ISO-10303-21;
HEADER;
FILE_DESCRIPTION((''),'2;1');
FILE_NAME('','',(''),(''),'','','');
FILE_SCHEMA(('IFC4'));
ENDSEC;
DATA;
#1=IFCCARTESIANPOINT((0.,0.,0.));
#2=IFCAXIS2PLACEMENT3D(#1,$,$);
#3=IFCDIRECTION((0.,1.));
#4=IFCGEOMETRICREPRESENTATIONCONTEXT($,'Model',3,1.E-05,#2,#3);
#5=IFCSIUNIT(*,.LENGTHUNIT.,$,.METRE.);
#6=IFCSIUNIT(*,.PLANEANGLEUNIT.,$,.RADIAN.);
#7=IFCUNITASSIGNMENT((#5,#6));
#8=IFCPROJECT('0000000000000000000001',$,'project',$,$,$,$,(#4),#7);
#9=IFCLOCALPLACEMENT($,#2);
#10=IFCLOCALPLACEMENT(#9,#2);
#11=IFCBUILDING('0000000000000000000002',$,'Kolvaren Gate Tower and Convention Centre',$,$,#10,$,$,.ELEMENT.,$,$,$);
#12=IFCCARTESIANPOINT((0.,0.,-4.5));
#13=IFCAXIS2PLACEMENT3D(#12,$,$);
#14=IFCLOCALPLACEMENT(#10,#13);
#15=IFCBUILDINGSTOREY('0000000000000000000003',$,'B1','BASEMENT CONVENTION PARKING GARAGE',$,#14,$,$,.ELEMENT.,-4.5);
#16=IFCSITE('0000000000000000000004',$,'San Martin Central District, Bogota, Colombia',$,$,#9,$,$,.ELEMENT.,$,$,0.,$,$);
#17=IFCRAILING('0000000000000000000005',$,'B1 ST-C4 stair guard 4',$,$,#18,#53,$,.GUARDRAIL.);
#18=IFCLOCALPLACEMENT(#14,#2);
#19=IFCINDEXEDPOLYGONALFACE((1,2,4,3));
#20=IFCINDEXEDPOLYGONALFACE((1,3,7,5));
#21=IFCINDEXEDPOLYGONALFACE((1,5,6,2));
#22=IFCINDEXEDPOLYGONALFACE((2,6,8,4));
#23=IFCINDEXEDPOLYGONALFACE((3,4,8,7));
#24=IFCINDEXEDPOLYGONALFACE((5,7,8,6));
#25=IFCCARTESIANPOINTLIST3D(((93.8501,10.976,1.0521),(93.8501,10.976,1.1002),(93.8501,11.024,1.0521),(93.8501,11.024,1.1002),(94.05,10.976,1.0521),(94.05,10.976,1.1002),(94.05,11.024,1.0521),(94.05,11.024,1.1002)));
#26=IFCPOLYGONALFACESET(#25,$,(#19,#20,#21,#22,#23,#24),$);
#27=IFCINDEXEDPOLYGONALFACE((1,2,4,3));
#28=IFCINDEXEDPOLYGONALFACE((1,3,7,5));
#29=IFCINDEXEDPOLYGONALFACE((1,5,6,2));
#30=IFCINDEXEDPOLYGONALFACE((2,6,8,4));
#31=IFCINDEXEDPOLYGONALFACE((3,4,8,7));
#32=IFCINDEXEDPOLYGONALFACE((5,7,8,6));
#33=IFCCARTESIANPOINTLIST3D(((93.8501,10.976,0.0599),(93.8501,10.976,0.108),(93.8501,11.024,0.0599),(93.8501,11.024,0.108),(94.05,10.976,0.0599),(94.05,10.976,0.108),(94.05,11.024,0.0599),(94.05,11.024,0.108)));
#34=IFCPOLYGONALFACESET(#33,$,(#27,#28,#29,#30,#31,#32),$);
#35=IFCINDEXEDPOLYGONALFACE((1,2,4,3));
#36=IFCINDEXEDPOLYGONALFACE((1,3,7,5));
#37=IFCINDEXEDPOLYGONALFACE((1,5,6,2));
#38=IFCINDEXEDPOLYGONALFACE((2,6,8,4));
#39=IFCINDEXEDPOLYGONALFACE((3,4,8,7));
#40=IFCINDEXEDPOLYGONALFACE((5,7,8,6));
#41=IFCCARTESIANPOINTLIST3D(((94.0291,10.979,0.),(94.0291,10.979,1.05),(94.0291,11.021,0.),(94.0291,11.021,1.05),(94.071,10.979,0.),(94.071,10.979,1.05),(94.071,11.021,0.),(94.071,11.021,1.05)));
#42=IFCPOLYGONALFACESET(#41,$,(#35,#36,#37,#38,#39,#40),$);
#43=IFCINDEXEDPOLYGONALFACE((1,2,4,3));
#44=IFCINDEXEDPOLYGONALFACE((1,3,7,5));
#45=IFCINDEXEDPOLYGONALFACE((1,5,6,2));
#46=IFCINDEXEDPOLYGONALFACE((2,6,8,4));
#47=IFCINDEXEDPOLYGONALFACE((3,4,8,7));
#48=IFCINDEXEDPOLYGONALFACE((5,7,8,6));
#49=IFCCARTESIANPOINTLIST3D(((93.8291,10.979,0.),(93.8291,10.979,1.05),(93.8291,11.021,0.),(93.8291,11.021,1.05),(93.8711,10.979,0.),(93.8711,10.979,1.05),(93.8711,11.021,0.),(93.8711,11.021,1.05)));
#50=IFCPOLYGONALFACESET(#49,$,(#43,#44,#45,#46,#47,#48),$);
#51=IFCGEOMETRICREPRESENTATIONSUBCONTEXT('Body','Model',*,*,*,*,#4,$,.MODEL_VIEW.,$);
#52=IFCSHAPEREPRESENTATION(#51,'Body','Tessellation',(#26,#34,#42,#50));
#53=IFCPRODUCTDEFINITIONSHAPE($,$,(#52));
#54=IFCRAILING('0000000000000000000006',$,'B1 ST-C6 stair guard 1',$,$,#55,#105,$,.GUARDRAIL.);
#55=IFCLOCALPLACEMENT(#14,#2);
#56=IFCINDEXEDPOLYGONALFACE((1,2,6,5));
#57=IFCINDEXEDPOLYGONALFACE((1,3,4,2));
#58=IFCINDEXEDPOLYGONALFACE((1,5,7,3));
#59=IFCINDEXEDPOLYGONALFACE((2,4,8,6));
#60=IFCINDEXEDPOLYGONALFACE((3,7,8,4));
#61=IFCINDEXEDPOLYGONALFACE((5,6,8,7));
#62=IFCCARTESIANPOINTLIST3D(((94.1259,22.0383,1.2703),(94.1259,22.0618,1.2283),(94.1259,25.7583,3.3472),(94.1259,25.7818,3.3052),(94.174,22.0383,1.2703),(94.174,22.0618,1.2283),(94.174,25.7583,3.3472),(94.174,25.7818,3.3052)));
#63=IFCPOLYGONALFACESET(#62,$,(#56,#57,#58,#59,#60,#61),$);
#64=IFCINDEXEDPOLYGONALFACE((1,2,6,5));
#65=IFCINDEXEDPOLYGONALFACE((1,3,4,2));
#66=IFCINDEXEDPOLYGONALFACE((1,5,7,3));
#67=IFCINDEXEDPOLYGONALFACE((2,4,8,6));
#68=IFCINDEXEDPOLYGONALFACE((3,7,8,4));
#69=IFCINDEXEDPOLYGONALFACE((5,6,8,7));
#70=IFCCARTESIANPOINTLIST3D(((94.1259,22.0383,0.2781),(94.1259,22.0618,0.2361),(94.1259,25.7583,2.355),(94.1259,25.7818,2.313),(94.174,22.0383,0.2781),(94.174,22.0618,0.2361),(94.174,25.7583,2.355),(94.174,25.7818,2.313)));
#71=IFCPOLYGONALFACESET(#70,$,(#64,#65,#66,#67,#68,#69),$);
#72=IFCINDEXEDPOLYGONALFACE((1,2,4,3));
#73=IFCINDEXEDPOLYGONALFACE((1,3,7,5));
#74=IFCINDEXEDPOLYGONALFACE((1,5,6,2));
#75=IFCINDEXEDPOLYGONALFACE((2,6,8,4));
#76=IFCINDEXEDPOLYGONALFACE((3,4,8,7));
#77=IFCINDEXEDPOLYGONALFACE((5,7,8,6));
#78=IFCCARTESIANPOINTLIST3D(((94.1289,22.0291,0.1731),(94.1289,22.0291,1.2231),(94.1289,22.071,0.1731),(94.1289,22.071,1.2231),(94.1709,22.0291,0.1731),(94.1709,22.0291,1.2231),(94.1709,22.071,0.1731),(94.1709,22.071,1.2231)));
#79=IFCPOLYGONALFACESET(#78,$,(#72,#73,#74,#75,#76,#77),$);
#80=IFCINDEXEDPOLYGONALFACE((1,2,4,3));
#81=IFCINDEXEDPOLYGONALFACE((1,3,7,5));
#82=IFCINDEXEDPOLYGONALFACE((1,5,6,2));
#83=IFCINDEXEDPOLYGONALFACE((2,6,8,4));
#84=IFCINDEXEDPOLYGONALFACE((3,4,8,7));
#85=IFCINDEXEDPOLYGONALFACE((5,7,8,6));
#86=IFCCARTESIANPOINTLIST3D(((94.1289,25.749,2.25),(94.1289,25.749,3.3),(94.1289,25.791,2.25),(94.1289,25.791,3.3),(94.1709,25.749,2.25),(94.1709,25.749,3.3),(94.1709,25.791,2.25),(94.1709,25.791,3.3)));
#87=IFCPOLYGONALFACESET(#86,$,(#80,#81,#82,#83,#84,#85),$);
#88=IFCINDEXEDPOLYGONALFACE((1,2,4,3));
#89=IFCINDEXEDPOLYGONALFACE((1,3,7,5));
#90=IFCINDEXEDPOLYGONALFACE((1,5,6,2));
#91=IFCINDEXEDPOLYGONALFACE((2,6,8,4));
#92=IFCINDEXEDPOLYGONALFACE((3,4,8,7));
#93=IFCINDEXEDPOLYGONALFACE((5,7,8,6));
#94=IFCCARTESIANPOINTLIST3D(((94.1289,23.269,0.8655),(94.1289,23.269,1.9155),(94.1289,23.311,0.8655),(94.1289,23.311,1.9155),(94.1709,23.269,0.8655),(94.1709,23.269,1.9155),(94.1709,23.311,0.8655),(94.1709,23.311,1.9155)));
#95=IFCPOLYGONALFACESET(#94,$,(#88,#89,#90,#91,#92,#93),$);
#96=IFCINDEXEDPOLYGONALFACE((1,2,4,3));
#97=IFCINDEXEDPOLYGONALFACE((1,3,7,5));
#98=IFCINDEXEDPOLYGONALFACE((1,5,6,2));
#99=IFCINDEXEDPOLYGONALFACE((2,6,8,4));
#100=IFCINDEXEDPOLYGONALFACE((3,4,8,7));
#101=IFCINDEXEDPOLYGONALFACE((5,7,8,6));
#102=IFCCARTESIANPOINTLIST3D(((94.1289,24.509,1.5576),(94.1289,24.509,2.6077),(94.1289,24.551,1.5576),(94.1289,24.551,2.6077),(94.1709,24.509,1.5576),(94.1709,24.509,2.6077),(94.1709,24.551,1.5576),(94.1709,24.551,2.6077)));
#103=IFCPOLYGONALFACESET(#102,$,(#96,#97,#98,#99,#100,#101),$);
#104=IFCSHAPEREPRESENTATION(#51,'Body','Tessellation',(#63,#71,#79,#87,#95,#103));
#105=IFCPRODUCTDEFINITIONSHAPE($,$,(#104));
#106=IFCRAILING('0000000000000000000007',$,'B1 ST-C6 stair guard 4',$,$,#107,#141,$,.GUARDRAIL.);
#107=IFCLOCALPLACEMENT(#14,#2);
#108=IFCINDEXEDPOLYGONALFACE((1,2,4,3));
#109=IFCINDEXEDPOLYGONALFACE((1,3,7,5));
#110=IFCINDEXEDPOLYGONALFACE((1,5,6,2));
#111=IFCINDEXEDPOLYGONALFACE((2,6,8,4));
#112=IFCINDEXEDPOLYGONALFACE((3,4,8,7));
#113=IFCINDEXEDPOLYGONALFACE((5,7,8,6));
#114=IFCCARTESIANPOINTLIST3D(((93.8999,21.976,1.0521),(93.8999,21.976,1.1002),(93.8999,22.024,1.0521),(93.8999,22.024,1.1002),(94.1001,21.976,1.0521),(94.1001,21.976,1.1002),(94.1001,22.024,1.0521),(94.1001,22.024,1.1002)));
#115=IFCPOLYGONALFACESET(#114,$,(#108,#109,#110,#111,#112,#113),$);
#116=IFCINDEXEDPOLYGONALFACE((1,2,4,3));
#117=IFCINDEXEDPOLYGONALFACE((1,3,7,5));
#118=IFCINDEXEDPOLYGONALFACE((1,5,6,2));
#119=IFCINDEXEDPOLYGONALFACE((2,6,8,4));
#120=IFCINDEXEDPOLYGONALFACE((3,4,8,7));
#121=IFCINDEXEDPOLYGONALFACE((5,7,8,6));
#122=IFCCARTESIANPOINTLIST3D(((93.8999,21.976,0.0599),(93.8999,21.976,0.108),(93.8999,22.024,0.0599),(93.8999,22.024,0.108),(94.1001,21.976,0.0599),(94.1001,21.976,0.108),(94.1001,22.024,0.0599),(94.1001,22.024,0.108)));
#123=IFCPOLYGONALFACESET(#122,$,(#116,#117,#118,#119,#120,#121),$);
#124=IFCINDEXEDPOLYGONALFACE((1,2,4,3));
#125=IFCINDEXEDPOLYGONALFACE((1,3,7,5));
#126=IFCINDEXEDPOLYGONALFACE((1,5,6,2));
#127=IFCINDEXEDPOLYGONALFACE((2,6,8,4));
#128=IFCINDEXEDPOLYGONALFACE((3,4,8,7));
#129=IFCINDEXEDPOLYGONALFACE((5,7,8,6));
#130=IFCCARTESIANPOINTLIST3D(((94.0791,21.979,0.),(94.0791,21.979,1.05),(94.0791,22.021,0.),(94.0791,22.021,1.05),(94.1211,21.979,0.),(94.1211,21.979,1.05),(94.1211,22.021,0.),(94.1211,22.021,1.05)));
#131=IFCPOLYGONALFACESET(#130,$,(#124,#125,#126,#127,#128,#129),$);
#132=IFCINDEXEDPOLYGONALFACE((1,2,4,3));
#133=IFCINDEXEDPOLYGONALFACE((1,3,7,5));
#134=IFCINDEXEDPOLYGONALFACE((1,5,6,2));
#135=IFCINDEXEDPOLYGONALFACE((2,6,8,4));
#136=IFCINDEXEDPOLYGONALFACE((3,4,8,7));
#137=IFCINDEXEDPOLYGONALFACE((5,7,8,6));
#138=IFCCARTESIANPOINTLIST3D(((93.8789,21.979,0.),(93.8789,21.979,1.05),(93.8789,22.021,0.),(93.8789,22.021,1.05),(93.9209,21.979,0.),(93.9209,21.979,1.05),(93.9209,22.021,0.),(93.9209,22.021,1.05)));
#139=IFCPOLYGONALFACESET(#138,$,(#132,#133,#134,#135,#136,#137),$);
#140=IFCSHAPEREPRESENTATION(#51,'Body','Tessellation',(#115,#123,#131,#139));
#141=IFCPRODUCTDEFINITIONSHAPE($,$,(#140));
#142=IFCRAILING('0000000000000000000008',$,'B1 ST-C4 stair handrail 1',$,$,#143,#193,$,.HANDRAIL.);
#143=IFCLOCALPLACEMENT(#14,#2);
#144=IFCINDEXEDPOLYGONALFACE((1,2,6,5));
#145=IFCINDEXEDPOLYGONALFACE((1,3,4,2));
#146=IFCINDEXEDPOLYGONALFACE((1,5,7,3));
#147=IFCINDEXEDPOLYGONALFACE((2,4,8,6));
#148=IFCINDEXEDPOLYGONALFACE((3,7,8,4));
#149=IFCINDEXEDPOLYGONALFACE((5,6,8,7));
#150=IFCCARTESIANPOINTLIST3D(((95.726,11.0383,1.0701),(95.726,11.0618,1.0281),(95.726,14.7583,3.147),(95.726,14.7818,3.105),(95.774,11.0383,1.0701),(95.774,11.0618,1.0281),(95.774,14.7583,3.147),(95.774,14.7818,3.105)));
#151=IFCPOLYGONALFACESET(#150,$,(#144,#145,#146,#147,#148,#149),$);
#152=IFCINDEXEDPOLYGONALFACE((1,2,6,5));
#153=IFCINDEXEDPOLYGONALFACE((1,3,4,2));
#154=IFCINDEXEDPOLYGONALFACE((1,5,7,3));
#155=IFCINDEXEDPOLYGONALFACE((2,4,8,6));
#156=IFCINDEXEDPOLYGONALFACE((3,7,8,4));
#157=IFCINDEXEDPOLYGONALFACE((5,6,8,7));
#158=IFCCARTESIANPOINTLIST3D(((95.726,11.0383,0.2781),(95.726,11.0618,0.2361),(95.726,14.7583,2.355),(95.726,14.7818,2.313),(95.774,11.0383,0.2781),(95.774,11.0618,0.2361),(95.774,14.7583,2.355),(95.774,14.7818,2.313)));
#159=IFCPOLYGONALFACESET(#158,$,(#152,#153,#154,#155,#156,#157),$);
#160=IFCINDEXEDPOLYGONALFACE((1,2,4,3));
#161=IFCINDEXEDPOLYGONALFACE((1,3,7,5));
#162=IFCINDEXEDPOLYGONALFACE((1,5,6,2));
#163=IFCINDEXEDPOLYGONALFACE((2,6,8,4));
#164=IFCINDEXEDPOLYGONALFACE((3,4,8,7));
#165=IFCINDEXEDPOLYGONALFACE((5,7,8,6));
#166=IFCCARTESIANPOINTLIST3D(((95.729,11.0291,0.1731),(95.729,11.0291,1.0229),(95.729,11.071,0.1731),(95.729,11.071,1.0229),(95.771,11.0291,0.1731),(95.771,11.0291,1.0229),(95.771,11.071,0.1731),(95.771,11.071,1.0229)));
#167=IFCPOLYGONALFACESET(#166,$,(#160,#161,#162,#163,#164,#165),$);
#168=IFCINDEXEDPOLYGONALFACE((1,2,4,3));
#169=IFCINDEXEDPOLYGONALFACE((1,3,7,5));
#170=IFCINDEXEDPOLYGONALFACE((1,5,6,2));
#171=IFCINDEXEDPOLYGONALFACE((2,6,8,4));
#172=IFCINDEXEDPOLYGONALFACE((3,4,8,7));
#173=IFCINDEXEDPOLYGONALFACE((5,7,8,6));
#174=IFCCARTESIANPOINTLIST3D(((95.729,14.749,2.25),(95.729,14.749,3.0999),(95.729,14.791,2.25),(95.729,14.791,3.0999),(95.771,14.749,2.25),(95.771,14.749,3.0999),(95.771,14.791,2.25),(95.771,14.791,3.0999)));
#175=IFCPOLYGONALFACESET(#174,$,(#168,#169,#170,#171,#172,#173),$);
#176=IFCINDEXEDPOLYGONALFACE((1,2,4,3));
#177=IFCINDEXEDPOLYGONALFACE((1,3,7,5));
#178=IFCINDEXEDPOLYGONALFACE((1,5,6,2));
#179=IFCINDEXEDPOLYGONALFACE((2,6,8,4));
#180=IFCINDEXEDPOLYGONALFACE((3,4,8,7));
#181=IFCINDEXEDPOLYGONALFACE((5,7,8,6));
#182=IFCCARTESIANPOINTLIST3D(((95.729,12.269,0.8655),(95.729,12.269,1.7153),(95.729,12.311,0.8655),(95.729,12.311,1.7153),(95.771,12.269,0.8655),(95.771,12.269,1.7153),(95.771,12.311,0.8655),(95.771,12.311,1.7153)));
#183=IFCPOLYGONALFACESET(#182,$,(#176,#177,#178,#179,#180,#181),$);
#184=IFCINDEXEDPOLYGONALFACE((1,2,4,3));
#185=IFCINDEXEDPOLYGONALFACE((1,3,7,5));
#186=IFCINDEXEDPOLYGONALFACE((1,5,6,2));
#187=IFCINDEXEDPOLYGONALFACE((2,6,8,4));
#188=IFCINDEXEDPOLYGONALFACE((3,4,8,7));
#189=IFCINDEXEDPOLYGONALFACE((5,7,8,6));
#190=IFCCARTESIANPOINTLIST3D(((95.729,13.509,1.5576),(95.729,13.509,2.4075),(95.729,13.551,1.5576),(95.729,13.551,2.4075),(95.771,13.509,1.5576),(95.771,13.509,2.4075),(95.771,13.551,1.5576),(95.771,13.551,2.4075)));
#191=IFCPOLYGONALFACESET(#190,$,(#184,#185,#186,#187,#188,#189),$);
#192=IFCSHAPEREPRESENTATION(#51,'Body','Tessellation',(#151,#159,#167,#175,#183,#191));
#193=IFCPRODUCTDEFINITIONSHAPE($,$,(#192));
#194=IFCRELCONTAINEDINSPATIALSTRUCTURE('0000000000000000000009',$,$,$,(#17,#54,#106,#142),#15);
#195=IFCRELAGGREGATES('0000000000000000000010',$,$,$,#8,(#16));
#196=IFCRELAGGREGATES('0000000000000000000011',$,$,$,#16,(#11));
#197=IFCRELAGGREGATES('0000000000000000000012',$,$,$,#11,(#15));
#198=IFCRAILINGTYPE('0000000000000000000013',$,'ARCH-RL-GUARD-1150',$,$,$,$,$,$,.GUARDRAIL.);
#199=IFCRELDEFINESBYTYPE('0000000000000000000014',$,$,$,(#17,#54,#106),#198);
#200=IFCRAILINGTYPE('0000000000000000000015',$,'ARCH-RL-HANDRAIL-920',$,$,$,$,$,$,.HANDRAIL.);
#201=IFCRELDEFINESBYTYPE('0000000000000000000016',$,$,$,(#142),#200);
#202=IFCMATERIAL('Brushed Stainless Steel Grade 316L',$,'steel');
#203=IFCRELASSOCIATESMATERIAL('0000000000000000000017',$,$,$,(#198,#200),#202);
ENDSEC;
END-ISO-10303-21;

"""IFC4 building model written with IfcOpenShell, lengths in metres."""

from ifc_helpers import new_model, si_unit, direction, frame, origin, origin_2d, place, context, subcontext, project, spatial, rectangle, extrude, material, type_object, element, save


model = new_model("IFC4")

# Units and contexts
model_context = context("Model", 3, precision=1e-05, world=origin(), true_north=direction((0.0, 1.0)))
body_context = subcontext(model_context, "Body", "Model", "MODEL_VIEW")
ifc_project = project(units=[si_unit("LENGTHUNIT", "METRE"), si_unit("PLANEANGLEUNIT", "RADIAN")], contexts=[model_context])

# Site, building, storey
site_placement = place(None, origin())
site = spatial("IfcSite", under=ifc_project, at=site_placement, Name="San Martin Central District, Bogota, Colombia", CompositionType="ELEMENT", RefElevation=0.0)
building_placement = place(site_placement, origin())
building = spatial("IfcBuilding", under=site, at=building_placement, Name="Kolvaren Gate Tower and Convention Centre", CompositionType="ELEMENT")
storey_placement = place(building_placement, frame((0.0, 0.0, -4.5)))
storey = spatial("IfcBuildingStorey", under=building, at=storey_placement, Name="B1", Description="BASEMENT CONVENTION PARKING GARAGE", CompositionType="ELEMENT", Elevation=-4.5)

# Railings
ifc_material_1 = material(Name="Brushed Stainless Steel Grade 316L", Category="steel")
railing_type_1 = type_object("IfcRailingType", Name="ARCH-RL-GUARD-1150", PredefinedType="GUARDRAIL", material=ifc_material_1)
railing_1_placement = place(storey_placement, frame((94.05, 11.0, 0.0)))
element("IfcRailing", 1, at=railing_1_placement, inside=storey, type_object=railing_type_1, Name="B1 ST-C4 stair guard 4", PredefinedType="GUARDRAIL", context=body_context, shape_type="SweptSolid", body=[
    extrude(rectangle(XDim=0.0481, YDim=0.0481, at=origin_2d()), frame((0.0, 0.0, 1.0762), z_axis=(-1.0, 0.0, 0.0), x_axis=(0.0, -1.0, 0.0)), (0.0, 0.0, 1.0), 0.2),
    extrude(rectangle(XDim=0.0481, YDim=0.0481, at=origin_2d()), frame((0.0, 0.0, 0.084), z_axis=(-1.0, 0.0, 0.0), x_axis=(0.0, -1.0, 0.0)), (0.0, 0.0, 1.0), 0.2),
    extrude(rectangle(XDim=0.042, YDim=0.042, at=origin_2d()), origin(), (0.0, 0.0, 1.0), 1.05),
    extrude(rectangle(XDim=0.042, YDim=0.042, at=origin_2d()), frame((-0.2, 0.0, 0.0)), (0.0, 0.0, 1.0), 1.05),
])
railing_2_placement = place(storey_placement, frame((94.1499, 22.05, 0.1731)))
element("IfcRailing", 2, at=railing_2_placement, inside=storey, type_object=railing_type_1, Name="B1 ST-C6 stair guard 1", PredefinedType="GUARDRAIL", context=body_context, shape_type="SweptSolid", body=[
    extrude(rectangle(XDim=0.0481, YDim=0.0481, at=origin_2d()), frame((0.0, 0.0, 1.0762), z_axis=(0.0, 0.873134, 0.487481), x_axis=(-1.0, 0.0, 0.0)), (0.0, 0.0, 1.0), 4.2605),
    extrude(rectangle(XDim=0.0481, YDim=0.0481, at=origin_2d()), frame((0.0, 0.0, 0.084), z_axis=(0.0, 0.873134, 0.487481), x_axis=(-1.0, 0.0, 0.0)), (0.0, 0.0, 1.0), 4.2605),
    extrude(rectangle(XDim=0.042, YDim=0.042, at=origin_2d()), origin(), (0.0, 0.0, 1.0), 1.05),
    extrude(rectangle(XDim=0.042, YDim=0.042, at=origin_2d()), frame((0.0, 3.72, 2.0769)), (0.0, 0.0, 1.0), 1.05),
    extrude(rectangle(XDim=0.042, YDim=0.042, at=origin_2d()), frame((0.0, 1.24, 0.6924)), (0.0, 0.0, 1.0), 1.05),
    extrude(rectangle(XDim=0.042, YDim=0.042, at=origin_2d()), frame((0.0, 2.48, 1.3845)), (0.0, 0.0, 1.0), 1.05),
])
railing_3_placement = place(storey_placement, frame((94.1001, 22.0, 0.0)))
element("IfcRailing", 3, at=railing_3_placement, inside=storey, type_object=railing_type_1, Name="B1 ST-C6 stair guard 4", PredefinedType="GUARDRAIL", context=body_context, shape_type="SweptSolid", body=[
    extrude(rectangle(XDim=0.0481, YDim=0.0481, at=origin_2d()), frame((0.0, 0.0, 1.0762), z_axis=(-1.0, 0.0, 0.0), x_axis=(0.0, -1.0, 0.0)), (0.0, 0.0, 1.0), 0.2002),
    extrude(rectangle(XDim=0.0481, YDim=0.0481, at=origin_2d()), frame((0.0, 0.0, 0.084), z_axis=(-1.0, 0.0, 0.0), x_axis=(0.0, -1.0, 0.0)), (0.0, 0.0, 1.0), 0.2002),
    extrude(rectangle(XDim=0.042, YDim=0.042, at=origin_2d()), origin(), (0.0, 0.0, 1.0), 1.05),
    extrude(rectangle(XDim=0.042, YDim=0.042, at=origin_2d()), frame((-0.2002, 0.0, 0.0)), (0.0, 0.0, 1.0), 1.05),
])
railing_type_2 = type_object("IfcRailingType", Name="ARCH-RL-HANDRAIL-920", PredefinedType="HANDRAIL", material=ifc_material_1)
railing_4_placement = place(storey_placement, frame((95.75, 11.05, 0.1731)))
element("IfcRailing", 4, at=railing_4_placement, inside=storey, type_object=railing_type_2, Name="B1 ST-C4 stair handrail 1", PredefinedType="HANDRAIL", context=body_context, shape_type="SweptSolid", body=[
    extrude(rectangle(XDim=0.0481, YDim=0.0481, at=origin_2d()), frame((0.0, 0.0, 0.876), z_axis=(0.0, 0.873134, 0.487481), x_axis=(-1.0, 0.0, 0.0)), (0.0, 0.0, 1.0), 4.2605),
    extrude(rectangle(XDim=0.0481, YDim=0.0481, at=origin_2d()), frame((0.0, 0.0, 0.084), z_axis=(0.0, 0.873134, 0.487481), x_axis=(-1.0, 0.0, 0.0)), (0.0, 0.0, 1.0), 4.2605),
    extrude(rectangle(XDim=0.042, YDim=0.042, at=origin_2d()), origin(), (0.0, 0.0, 1.0), 0.8499),
    extrude(rectangle(XDim=0.042, YDim=0.042, at=origin_2d()), frame((0.0, 3.72, 2.0769)), (0.0, 0.0, 1.0), 0.8499),
    extrude(rectangle(XDim=0.042, YDim=0.042, at=origin_2d()), frame((0.0, 1.24, 0.6924)), (0.0, 0.0, 1.0), 0.8499),
    extrude(rectangle(XDim=0.042, YDim=0.042, at=origin_2d()), frame((0.0, 2.48, 1.3845)), (0.0, 0.0, 1.0), 0.8499),
])

save(model, "model.ifc")
